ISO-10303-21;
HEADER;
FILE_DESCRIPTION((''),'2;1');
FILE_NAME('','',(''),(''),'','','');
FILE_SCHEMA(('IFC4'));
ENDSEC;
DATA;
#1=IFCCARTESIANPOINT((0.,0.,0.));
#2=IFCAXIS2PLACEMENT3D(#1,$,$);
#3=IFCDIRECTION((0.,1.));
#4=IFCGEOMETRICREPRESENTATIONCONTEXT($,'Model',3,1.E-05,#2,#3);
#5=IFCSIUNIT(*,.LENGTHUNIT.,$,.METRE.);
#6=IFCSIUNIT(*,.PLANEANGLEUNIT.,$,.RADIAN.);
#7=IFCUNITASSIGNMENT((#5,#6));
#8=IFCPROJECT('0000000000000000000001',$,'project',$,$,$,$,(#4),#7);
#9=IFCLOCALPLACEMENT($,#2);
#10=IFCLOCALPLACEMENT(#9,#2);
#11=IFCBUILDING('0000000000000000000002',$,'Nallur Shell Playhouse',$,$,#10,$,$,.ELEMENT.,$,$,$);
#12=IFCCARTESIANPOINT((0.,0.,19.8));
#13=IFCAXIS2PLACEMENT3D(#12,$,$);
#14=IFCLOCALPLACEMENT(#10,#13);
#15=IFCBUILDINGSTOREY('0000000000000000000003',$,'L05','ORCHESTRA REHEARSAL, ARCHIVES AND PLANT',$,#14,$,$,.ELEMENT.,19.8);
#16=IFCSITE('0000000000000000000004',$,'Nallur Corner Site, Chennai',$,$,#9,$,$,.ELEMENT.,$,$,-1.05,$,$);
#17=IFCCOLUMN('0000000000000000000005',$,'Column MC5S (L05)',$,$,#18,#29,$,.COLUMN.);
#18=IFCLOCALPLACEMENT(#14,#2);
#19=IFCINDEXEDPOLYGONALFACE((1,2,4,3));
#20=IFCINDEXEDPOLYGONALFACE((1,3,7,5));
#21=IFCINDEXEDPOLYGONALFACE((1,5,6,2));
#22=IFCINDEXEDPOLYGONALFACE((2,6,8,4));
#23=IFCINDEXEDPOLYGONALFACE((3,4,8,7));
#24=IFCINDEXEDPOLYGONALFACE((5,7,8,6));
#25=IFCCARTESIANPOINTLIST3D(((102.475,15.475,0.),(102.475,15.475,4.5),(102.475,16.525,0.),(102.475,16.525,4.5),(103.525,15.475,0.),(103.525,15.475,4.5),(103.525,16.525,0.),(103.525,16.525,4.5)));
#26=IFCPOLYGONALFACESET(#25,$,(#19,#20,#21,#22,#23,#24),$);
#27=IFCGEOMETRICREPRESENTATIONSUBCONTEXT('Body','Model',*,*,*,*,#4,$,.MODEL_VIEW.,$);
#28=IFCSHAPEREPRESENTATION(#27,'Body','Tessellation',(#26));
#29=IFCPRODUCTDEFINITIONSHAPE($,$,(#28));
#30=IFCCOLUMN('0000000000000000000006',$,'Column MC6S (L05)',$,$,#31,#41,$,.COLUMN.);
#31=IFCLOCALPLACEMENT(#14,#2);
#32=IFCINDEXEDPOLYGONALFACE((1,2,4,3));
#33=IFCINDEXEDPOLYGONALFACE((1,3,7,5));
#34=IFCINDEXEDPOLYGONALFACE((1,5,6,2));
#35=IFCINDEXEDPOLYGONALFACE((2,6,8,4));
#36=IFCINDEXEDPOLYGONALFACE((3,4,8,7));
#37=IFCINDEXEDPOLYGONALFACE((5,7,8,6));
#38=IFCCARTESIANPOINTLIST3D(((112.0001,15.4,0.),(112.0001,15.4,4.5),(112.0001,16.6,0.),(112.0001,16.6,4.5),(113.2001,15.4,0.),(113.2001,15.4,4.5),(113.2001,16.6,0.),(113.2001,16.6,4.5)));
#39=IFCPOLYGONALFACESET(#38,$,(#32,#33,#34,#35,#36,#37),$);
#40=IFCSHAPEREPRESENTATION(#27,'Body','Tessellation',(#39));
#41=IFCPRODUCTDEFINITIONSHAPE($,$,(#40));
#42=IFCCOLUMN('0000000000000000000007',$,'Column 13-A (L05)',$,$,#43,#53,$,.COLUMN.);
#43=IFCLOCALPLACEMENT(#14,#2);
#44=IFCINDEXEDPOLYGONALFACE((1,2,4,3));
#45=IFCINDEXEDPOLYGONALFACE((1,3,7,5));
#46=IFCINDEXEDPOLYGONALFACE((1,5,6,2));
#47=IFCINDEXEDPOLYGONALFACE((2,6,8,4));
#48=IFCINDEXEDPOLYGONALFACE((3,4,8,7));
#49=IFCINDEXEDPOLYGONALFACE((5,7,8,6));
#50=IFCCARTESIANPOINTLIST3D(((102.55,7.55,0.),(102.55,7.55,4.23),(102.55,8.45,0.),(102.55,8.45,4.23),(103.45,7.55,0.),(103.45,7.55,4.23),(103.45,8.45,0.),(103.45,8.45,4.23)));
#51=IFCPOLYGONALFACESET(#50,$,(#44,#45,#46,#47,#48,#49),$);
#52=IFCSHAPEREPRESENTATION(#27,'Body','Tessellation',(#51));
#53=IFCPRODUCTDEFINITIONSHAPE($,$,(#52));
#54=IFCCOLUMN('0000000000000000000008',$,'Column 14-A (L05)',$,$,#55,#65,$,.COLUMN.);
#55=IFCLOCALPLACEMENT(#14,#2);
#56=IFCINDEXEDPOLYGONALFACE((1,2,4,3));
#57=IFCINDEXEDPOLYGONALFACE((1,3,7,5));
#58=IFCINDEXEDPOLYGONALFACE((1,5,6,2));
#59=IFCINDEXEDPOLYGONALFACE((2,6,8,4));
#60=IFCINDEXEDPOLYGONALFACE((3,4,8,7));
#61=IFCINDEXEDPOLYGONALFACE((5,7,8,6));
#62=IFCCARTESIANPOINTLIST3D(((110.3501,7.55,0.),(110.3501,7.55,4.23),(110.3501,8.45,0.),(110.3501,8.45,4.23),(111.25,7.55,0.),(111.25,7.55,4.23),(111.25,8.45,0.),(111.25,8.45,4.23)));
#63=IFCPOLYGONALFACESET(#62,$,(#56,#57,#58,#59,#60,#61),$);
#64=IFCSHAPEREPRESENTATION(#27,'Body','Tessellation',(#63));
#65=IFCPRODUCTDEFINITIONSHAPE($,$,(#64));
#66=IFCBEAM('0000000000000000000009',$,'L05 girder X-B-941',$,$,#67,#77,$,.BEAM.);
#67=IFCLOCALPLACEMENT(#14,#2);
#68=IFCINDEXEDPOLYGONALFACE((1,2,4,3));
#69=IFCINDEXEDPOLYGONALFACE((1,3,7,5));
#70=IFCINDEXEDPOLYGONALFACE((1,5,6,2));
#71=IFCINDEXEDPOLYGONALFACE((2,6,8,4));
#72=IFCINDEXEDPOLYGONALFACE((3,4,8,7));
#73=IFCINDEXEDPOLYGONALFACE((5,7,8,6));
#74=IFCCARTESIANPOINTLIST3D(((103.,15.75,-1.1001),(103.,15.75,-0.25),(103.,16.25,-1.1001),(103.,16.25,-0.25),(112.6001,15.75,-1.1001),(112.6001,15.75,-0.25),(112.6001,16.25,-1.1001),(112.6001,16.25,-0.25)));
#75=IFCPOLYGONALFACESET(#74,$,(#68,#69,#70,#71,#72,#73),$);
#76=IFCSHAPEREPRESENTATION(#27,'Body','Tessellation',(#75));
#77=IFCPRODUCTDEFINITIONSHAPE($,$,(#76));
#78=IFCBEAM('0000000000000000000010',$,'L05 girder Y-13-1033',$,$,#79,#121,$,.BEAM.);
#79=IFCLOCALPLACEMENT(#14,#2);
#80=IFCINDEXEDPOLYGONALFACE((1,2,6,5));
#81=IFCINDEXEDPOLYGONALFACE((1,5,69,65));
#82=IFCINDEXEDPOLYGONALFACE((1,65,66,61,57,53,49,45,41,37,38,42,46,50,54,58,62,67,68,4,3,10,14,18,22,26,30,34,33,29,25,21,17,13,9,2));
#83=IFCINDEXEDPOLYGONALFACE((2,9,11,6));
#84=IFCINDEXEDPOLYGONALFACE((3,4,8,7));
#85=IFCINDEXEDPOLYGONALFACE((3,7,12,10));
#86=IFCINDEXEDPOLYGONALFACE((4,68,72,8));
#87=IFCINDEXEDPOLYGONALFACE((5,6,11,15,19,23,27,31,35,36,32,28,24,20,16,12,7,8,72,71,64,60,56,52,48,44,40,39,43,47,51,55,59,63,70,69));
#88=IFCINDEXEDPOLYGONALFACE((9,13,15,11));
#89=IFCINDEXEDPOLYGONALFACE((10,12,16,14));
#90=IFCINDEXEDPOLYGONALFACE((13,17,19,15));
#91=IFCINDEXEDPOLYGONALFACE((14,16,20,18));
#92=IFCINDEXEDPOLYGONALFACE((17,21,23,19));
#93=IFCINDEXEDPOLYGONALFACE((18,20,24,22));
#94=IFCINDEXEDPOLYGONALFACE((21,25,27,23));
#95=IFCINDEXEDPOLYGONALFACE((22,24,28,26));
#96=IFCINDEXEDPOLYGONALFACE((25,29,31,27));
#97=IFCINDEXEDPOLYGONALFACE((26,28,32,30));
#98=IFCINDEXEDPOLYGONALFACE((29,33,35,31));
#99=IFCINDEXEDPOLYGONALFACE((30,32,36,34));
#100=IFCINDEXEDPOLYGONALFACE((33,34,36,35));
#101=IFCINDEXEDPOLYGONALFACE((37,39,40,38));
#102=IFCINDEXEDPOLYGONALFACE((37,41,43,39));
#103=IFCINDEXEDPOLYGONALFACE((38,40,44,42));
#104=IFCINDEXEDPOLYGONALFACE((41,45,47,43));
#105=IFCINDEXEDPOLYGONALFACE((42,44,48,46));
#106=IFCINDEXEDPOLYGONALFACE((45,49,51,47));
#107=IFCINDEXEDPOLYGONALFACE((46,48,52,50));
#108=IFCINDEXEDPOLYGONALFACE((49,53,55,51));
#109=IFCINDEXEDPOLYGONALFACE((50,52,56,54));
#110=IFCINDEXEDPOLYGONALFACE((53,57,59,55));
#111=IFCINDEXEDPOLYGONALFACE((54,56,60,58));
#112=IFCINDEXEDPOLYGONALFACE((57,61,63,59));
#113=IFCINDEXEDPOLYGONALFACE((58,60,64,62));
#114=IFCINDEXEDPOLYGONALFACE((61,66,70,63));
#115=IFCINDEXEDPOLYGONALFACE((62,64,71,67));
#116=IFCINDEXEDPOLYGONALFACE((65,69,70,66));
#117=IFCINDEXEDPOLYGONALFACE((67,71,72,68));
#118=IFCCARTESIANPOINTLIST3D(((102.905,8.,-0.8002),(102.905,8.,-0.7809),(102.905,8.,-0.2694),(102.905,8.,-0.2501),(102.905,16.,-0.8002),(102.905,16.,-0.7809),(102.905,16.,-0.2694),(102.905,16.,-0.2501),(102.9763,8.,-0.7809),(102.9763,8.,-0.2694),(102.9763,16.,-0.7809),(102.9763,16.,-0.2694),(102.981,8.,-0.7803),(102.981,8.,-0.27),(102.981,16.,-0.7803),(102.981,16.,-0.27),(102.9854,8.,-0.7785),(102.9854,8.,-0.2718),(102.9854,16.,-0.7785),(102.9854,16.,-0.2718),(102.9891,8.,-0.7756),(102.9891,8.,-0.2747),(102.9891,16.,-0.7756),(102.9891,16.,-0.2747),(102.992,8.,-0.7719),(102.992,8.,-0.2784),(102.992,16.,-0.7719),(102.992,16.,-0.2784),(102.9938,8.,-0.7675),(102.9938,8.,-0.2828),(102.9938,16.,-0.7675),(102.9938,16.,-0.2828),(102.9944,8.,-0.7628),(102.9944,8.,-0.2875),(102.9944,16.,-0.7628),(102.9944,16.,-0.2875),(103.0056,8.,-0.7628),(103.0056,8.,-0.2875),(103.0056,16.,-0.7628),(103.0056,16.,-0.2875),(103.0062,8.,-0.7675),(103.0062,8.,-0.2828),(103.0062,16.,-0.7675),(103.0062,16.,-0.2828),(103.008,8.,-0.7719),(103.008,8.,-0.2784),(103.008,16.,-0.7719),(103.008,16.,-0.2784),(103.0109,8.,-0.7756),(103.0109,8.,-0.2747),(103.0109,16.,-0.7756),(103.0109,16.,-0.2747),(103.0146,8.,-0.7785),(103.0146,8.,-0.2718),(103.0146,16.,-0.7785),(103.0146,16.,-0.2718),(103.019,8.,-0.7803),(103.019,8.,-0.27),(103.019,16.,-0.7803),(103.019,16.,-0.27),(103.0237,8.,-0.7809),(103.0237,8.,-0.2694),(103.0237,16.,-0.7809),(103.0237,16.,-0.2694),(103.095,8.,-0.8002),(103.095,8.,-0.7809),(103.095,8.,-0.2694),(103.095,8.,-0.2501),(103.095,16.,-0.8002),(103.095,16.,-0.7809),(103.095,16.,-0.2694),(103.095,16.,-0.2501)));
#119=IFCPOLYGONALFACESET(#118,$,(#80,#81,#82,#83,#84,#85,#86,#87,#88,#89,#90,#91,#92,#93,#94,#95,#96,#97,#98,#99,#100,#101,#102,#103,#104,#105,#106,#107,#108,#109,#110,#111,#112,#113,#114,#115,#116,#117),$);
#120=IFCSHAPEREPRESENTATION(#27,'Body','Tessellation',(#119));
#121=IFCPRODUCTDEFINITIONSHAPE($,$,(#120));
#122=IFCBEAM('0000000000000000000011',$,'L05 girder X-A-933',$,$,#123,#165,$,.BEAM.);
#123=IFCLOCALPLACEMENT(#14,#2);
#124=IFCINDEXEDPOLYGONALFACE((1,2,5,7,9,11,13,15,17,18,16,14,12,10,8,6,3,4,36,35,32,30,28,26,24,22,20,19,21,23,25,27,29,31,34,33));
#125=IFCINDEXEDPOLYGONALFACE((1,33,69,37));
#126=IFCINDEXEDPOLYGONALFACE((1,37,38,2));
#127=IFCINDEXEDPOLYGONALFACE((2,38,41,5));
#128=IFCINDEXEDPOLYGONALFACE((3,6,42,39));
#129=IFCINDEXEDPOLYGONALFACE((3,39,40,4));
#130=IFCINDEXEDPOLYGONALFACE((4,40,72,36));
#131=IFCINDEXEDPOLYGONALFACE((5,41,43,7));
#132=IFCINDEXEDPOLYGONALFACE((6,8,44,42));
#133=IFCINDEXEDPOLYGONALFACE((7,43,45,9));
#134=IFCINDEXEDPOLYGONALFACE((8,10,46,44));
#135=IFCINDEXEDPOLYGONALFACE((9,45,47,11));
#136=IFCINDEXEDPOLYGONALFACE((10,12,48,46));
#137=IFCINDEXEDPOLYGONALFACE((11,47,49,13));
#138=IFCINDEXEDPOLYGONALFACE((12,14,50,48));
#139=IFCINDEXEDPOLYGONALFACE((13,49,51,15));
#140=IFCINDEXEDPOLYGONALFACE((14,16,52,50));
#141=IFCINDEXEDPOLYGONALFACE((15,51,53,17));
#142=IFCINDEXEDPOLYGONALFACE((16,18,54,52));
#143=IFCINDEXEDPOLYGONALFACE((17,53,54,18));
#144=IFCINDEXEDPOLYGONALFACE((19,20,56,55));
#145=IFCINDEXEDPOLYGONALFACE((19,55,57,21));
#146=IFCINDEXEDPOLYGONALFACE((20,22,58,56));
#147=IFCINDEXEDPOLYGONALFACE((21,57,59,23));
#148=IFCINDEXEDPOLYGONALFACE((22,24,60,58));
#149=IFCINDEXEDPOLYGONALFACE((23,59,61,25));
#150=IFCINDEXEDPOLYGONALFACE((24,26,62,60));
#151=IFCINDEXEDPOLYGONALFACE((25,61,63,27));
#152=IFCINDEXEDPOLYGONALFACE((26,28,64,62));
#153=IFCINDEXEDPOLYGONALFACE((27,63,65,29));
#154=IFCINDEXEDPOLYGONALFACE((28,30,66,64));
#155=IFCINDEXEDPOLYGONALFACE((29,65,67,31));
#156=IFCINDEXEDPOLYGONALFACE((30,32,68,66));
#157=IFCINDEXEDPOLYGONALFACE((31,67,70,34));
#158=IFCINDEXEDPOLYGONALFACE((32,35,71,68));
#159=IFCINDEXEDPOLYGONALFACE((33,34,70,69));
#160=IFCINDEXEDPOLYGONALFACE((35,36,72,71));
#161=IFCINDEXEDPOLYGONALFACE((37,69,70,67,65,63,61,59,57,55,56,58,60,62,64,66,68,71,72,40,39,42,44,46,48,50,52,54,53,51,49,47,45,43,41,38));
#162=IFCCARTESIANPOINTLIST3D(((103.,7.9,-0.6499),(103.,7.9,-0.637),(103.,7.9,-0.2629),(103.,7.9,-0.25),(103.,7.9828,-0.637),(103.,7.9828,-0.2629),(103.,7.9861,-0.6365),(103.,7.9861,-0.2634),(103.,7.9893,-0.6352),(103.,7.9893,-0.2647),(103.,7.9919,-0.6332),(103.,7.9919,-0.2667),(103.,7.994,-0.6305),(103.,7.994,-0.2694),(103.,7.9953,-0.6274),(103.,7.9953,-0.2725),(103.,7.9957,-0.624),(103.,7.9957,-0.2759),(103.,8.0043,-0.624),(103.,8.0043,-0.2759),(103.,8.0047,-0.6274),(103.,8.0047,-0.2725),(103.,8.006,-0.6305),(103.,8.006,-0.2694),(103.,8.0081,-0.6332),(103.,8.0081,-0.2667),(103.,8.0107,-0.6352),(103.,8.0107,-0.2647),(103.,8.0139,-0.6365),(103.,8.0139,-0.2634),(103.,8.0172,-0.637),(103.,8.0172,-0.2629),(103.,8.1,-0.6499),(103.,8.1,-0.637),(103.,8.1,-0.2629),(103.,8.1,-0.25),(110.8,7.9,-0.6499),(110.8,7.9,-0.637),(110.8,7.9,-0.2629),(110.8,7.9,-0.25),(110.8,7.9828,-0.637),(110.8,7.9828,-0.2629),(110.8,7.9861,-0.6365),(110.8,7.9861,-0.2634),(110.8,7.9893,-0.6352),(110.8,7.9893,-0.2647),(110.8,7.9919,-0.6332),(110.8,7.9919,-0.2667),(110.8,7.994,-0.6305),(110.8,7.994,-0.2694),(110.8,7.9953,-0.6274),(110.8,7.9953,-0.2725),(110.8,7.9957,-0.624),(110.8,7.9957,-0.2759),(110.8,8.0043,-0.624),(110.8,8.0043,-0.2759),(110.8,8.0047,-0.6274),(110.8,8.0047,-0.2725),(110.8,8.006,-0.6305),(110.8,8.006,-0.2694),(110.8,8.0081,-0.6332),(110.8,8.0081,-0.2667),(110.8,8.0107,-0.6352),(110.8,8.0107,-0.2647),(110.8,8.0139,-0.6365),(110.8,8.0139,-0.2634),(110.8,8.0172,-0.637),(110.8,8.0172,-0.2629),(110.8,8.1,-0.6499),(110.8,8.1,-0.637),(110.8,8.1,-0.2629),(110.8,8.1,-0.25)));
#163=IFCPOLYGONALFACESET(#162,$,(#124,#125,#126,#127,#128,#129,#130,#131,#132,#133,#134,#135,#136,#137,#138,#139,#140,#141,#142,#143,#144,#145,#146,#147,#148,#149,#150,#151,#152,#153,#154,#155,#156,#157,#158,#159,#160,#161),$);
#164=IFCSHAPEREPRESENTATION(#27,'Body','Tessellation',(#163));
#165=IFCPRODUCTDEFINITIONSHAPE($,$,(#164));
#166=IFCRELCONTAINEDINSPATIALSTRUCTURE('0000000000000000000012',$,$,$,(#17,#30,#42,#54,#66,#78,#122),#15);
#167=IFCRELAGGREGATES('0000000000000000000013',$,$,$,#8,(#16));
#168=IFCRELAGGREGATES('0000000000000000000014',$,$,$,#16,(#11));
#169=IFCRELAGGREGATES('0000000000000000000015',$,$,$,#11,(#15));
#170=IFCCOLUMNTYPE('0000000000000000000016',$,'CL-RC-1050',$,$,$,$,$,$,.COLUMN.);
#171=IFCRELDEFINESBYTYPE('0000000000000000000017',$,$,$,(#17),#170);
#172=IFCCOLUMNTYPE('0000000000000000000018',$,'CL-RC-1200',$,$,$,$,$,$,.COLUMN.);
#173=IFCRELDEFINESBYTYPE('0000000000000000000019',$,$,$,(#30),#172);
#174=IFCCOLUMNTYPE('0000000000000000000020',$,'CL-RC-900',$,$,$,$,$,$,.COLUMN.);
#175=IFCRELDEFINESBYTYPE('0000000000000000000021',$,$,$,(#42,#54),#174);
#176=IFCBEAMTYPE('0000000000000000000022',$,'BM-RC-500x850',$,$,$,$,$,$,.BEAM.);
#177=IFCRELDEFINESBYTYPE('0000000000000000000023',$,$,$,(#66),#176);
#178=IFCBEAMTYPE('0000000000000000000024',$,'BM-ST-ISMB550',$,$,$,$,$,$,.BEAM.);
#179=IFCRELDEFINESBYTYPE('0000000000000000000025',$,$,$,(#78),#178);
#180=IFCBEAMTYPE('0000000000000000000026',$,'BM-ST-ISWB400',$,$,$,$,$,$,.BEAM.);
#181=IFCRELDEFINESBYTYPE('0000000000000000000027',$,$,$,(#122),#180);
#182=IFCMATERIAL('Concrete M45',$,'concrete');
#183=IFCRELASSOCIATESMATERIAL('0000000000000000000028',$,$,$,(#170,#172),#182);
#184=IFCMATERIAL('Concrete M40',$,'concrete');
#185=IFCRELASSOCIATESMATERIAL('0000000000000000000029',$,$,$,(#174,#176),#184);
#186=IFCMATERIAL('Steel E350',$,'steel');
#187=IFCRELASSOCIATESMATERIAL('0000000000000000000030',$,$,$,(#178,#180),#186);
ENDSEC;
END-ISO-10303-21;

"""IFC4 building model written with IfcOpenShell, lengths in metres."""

from ifc_helpers import new_model, si_unit, direction, frame, origin, origin_2d, place, context, subcontext, project, spatial, rectangle, i_section, extrude, material, material_profile, profile_set, type_object, element, save


model = new_model("IFC4")

# Units and contexts
model_context = context("Model", 3, precision=1e-05, world=origin(), true_north=direction((0.0, 1.0)))
body_context = subcontext(model_context, "Body", "Model", "MODEL_VIEW")
ifc_project = project(units=[si_unit("LENGTHUNIT", "METRE"), si_unit("PLANEANGLEUNIT", "RADIAN")], contexts=[model_context])

# Site, building, storey
site_placement = place(None, origin())
site = spatial("IfcSite", under=ifc_project, at=site_placement, Name="Nallur Corner Site, Chennai", CompositionType="ELEMENT", RefElevation=-1.05)
building_placement = place(site_placement, origin())
building = spatial("IfcBuilding", under=site, at=building_placement, Name="Nallur Shell Playhouse", CompositionType="ELEMENT")
storey_placement = place(building_placement, frame((0.0, 0.0, 19.8)))
storey = spatial("IfcBuildingStorey", under=building, at=storey_placement, Name="L05", Description="ORCHESTRA REHEARSAL, ARCHIVES AND PLANT", CompositionType="ELEMENT", Elevation=19.8)

# Columns
ifc_material_1 = material(Name="Concrete M45", Category="concrete")
ifc_material_profile_1 = material_profile(ifc_material_1, rectangle(XDim=1.05, YDim=1.05, at=origin_2d()), Name="RC 1050x1050")
ifc_profile_set_1 = profile_set([ifc_material_profile_1], Name="Concrete M45")
column_type_1 = type_object("IfcColumnType", Name="CL-RC-1050", PredefinedType="COLUMN", material=ifc_profile_set_1)
column_1_placement = place(storey_placement, frame((103.0, 16.0, 0.0), z_axis=(0.0, 0.0, 1.0), x_axis=(1.0, 0.0, 0.0)))
element("IfcColumn", 1, at=column_1_placement, inside=storey, type_object=column_type_1, Name="Column MC5S (L05)", PredefinedType="COLUMN", context=body_context, shape_type="SweptSolid", body=[
    extrude(rectangle(XDim=1.05, YDim=1.05, at=origin_2d()), origin(), (0.0, 0.0, 1.0), 4.5),
])
ifc_material_profile_2 = material_profile(ifc_material_1, rectangle(XDim=1.2, YDim=1.2, at=origin_2d()), Name="RC 1200x1200")
ifc_profile_set_2 = profile_set([ifc_material_profile_2], Name="Concrete M45")
column_type_2 = type_object("IfcColumnType", Name="CL-RC-1200", PredefinedType="COLUMN", material=ifc_profile_set_2)
column_2_placement = place(storey_placement, frame((112.6001, 16.0, 0.0), z_axis=(0.0, 0.0, 1.0), x_axis=(1.0, 0.0, 0.0)))
element("IfcColumn", 2, at=column_2_placement, inside=storey, type_object=column_type_2, Name="Column MC6S (L05)", PredefinedType="COLUMN", context=body_context, shape_type="SweptSolid", body=[
    extrude(rectangle(XDim=1.2, YDim=1.2, at=origin_2d()), origin(), (0.0, 0.0, 1.0), 4.5),
])
ifc_material_2 = material(Name="Concrete M40", Category="concrete")
ifc_material_profile_3 = material_profile(ifc_material_2, rectangle(XDim=0.8999, YDim=0.8999, at=origin_2d()), Name="RC 900x900")
ifc_profile_set_3 = profile_set([ifc_material_profile_3], Name="Concrete M40")
column_type_3 = type_object("IfcColumnType", Name="CL-RC-900", PredefinedType="COLUMN", material=ifc_profile_set_3)
for number, where, z_axis, x_axis, name in (
    (3, (103.0, 8.0, 0.0), (0.0, 0.0, 1.0), (1.0, 0.0, 0.0), "Column 13-A (L05)"),
    (4, (110.8, 8.0, 0.0), (0.0, 0.0, 1.0), (1.0, 0.0, 0.0), "Column 14-A (L05)"),
):
    element("IfcColumn", number, at=place(storey_placement, frame(where, z_axis=z_axis, x_axis=x_axis)), inside=storey, type_object=column_type_3, Name=name, PredefinedType="COLUMN", context=body_context, shape_type="SweptSolid", body=[
        extrude(rectangle(XDim=0.8999, YDim=0.8999, at=origin_2d()), origin(), (0.0, 0.0, 1.0), 4.23),
    ])

# Beams
ifc_material_profile_4 = material_profile(ifc_material_2, rectangle(XDim=0.5, YDim=0.8501, at=origin_2d()), Name="RC 500x850")
ifc_profile_set_4 = profile_set([ifc_material_profile_4], Name="Concrete M40")
beam_type_1 = type_object("IfcBeamType", Name="BM-RC-500x850", PredefinedType="BEAM", material=ifc_profile_set_4)
beam_1_placement = place(storey_placement, frame((103.0, 16.0, -0.675), z_axis=(1.0, 0.0, 0.0), x_axis=(0.0, 1.0, 0.0)))
element("IfcBeam", 5, at=beam_1_placement, inside=storey, type_object=beam_type_1, Name="L05 girder X-B-941", PredefinedType="BEAM", context=body_context, shape_type="SweptSolid", body=[
    extrude(rectangle(XDim=0.5, YDim=0.8501, at=origin_2d()), origin(), (0.0, 0.0, 1.0), 9.6001),
])
ifc_material_3 = material(Name="Steel E350", Category="steel")
ifc_material_profile_5 = material_profile(ifc_material_3, i_section(OverallWidth=0.1899, OverallDepth=0.55, WebThickness=0.0112, FlangeThickness=0.0193, FilletRadius=0.0181, at=origin_2d()), Name="ISMB 550")
ifc_profile_set_5 = profile_set([ifc_material_profile_5], Name="Steel E350")
beam_type_2 = type_object("IfcBeamType", Name="BM-ST-ISMB550", PredefinedType="BEAM", material=ifc_profile_set_5)
beam_2_placement = place(storey_placement, frame((103.0, 8.0, -0.5251), z_axis=(0.0, 1.0, 0.0), x_axis=(-1.0, 0.0, 0.0)))
element("IfcBeam", 6, at=beam_2_placement, inside=storey, type_object=beam_type_2, Name="L05 girder Y-13-1033", PredefinedType="BEAM", context=body_context, shape_type="SweptSolid", body=[
    extrude(i_section(OverallWidth=0.1899, OverallDepth=0.55, WebThickness=0.0112, FlangeThickness=0.0193, FilletRadius=0.0181, at=origin_2d()), origin(), (0.0, 0.0, 1.0), 8.0),
])
ifc_material_profile_6 = material_profile(ifc_material_3, i_section(OverallWidth=0.2, OverallDepth=0.3999, WebThickness=0.0085, FlangeThickness=0.0129, FilletRadius=0.0129, at=origin_2d()), Name="ISWB 400")
ifc_profile_set_6 = profile_set([ifc_material_profile_6], Name="Steel E350")
beam_type_3 = type_object("IfcBeamType", Name="BM-ST-ISWB400", PredefinedType="BEAM", material=ifc_profile_set_6)
beam_3_placement = place(storey_placement, frame((103.0, 8.0, -0.45), z_axis=(1.0, 0.0, 0.0), x_axis=(0.0, 1.0, 0.0)))
element("IfcBeam", 7, at=beam_3_placement, inside=storey, type_object=beam_type_3, Name="L05 girder X-A-933", PredefinedType="BEAM", context=body_context, shape_type="SweptSolid", body=[
    extrude(i_section(OverallWidth=0.2, OverallDepth=0.3999, WebThickness=0.0085, FlangeThickness=0.0129, FilletRadius=0.0129, at=origin_2d()), origin(), (0.0, 0.0, 1.0), 7.8),
])

save(model, "model.ifc")
